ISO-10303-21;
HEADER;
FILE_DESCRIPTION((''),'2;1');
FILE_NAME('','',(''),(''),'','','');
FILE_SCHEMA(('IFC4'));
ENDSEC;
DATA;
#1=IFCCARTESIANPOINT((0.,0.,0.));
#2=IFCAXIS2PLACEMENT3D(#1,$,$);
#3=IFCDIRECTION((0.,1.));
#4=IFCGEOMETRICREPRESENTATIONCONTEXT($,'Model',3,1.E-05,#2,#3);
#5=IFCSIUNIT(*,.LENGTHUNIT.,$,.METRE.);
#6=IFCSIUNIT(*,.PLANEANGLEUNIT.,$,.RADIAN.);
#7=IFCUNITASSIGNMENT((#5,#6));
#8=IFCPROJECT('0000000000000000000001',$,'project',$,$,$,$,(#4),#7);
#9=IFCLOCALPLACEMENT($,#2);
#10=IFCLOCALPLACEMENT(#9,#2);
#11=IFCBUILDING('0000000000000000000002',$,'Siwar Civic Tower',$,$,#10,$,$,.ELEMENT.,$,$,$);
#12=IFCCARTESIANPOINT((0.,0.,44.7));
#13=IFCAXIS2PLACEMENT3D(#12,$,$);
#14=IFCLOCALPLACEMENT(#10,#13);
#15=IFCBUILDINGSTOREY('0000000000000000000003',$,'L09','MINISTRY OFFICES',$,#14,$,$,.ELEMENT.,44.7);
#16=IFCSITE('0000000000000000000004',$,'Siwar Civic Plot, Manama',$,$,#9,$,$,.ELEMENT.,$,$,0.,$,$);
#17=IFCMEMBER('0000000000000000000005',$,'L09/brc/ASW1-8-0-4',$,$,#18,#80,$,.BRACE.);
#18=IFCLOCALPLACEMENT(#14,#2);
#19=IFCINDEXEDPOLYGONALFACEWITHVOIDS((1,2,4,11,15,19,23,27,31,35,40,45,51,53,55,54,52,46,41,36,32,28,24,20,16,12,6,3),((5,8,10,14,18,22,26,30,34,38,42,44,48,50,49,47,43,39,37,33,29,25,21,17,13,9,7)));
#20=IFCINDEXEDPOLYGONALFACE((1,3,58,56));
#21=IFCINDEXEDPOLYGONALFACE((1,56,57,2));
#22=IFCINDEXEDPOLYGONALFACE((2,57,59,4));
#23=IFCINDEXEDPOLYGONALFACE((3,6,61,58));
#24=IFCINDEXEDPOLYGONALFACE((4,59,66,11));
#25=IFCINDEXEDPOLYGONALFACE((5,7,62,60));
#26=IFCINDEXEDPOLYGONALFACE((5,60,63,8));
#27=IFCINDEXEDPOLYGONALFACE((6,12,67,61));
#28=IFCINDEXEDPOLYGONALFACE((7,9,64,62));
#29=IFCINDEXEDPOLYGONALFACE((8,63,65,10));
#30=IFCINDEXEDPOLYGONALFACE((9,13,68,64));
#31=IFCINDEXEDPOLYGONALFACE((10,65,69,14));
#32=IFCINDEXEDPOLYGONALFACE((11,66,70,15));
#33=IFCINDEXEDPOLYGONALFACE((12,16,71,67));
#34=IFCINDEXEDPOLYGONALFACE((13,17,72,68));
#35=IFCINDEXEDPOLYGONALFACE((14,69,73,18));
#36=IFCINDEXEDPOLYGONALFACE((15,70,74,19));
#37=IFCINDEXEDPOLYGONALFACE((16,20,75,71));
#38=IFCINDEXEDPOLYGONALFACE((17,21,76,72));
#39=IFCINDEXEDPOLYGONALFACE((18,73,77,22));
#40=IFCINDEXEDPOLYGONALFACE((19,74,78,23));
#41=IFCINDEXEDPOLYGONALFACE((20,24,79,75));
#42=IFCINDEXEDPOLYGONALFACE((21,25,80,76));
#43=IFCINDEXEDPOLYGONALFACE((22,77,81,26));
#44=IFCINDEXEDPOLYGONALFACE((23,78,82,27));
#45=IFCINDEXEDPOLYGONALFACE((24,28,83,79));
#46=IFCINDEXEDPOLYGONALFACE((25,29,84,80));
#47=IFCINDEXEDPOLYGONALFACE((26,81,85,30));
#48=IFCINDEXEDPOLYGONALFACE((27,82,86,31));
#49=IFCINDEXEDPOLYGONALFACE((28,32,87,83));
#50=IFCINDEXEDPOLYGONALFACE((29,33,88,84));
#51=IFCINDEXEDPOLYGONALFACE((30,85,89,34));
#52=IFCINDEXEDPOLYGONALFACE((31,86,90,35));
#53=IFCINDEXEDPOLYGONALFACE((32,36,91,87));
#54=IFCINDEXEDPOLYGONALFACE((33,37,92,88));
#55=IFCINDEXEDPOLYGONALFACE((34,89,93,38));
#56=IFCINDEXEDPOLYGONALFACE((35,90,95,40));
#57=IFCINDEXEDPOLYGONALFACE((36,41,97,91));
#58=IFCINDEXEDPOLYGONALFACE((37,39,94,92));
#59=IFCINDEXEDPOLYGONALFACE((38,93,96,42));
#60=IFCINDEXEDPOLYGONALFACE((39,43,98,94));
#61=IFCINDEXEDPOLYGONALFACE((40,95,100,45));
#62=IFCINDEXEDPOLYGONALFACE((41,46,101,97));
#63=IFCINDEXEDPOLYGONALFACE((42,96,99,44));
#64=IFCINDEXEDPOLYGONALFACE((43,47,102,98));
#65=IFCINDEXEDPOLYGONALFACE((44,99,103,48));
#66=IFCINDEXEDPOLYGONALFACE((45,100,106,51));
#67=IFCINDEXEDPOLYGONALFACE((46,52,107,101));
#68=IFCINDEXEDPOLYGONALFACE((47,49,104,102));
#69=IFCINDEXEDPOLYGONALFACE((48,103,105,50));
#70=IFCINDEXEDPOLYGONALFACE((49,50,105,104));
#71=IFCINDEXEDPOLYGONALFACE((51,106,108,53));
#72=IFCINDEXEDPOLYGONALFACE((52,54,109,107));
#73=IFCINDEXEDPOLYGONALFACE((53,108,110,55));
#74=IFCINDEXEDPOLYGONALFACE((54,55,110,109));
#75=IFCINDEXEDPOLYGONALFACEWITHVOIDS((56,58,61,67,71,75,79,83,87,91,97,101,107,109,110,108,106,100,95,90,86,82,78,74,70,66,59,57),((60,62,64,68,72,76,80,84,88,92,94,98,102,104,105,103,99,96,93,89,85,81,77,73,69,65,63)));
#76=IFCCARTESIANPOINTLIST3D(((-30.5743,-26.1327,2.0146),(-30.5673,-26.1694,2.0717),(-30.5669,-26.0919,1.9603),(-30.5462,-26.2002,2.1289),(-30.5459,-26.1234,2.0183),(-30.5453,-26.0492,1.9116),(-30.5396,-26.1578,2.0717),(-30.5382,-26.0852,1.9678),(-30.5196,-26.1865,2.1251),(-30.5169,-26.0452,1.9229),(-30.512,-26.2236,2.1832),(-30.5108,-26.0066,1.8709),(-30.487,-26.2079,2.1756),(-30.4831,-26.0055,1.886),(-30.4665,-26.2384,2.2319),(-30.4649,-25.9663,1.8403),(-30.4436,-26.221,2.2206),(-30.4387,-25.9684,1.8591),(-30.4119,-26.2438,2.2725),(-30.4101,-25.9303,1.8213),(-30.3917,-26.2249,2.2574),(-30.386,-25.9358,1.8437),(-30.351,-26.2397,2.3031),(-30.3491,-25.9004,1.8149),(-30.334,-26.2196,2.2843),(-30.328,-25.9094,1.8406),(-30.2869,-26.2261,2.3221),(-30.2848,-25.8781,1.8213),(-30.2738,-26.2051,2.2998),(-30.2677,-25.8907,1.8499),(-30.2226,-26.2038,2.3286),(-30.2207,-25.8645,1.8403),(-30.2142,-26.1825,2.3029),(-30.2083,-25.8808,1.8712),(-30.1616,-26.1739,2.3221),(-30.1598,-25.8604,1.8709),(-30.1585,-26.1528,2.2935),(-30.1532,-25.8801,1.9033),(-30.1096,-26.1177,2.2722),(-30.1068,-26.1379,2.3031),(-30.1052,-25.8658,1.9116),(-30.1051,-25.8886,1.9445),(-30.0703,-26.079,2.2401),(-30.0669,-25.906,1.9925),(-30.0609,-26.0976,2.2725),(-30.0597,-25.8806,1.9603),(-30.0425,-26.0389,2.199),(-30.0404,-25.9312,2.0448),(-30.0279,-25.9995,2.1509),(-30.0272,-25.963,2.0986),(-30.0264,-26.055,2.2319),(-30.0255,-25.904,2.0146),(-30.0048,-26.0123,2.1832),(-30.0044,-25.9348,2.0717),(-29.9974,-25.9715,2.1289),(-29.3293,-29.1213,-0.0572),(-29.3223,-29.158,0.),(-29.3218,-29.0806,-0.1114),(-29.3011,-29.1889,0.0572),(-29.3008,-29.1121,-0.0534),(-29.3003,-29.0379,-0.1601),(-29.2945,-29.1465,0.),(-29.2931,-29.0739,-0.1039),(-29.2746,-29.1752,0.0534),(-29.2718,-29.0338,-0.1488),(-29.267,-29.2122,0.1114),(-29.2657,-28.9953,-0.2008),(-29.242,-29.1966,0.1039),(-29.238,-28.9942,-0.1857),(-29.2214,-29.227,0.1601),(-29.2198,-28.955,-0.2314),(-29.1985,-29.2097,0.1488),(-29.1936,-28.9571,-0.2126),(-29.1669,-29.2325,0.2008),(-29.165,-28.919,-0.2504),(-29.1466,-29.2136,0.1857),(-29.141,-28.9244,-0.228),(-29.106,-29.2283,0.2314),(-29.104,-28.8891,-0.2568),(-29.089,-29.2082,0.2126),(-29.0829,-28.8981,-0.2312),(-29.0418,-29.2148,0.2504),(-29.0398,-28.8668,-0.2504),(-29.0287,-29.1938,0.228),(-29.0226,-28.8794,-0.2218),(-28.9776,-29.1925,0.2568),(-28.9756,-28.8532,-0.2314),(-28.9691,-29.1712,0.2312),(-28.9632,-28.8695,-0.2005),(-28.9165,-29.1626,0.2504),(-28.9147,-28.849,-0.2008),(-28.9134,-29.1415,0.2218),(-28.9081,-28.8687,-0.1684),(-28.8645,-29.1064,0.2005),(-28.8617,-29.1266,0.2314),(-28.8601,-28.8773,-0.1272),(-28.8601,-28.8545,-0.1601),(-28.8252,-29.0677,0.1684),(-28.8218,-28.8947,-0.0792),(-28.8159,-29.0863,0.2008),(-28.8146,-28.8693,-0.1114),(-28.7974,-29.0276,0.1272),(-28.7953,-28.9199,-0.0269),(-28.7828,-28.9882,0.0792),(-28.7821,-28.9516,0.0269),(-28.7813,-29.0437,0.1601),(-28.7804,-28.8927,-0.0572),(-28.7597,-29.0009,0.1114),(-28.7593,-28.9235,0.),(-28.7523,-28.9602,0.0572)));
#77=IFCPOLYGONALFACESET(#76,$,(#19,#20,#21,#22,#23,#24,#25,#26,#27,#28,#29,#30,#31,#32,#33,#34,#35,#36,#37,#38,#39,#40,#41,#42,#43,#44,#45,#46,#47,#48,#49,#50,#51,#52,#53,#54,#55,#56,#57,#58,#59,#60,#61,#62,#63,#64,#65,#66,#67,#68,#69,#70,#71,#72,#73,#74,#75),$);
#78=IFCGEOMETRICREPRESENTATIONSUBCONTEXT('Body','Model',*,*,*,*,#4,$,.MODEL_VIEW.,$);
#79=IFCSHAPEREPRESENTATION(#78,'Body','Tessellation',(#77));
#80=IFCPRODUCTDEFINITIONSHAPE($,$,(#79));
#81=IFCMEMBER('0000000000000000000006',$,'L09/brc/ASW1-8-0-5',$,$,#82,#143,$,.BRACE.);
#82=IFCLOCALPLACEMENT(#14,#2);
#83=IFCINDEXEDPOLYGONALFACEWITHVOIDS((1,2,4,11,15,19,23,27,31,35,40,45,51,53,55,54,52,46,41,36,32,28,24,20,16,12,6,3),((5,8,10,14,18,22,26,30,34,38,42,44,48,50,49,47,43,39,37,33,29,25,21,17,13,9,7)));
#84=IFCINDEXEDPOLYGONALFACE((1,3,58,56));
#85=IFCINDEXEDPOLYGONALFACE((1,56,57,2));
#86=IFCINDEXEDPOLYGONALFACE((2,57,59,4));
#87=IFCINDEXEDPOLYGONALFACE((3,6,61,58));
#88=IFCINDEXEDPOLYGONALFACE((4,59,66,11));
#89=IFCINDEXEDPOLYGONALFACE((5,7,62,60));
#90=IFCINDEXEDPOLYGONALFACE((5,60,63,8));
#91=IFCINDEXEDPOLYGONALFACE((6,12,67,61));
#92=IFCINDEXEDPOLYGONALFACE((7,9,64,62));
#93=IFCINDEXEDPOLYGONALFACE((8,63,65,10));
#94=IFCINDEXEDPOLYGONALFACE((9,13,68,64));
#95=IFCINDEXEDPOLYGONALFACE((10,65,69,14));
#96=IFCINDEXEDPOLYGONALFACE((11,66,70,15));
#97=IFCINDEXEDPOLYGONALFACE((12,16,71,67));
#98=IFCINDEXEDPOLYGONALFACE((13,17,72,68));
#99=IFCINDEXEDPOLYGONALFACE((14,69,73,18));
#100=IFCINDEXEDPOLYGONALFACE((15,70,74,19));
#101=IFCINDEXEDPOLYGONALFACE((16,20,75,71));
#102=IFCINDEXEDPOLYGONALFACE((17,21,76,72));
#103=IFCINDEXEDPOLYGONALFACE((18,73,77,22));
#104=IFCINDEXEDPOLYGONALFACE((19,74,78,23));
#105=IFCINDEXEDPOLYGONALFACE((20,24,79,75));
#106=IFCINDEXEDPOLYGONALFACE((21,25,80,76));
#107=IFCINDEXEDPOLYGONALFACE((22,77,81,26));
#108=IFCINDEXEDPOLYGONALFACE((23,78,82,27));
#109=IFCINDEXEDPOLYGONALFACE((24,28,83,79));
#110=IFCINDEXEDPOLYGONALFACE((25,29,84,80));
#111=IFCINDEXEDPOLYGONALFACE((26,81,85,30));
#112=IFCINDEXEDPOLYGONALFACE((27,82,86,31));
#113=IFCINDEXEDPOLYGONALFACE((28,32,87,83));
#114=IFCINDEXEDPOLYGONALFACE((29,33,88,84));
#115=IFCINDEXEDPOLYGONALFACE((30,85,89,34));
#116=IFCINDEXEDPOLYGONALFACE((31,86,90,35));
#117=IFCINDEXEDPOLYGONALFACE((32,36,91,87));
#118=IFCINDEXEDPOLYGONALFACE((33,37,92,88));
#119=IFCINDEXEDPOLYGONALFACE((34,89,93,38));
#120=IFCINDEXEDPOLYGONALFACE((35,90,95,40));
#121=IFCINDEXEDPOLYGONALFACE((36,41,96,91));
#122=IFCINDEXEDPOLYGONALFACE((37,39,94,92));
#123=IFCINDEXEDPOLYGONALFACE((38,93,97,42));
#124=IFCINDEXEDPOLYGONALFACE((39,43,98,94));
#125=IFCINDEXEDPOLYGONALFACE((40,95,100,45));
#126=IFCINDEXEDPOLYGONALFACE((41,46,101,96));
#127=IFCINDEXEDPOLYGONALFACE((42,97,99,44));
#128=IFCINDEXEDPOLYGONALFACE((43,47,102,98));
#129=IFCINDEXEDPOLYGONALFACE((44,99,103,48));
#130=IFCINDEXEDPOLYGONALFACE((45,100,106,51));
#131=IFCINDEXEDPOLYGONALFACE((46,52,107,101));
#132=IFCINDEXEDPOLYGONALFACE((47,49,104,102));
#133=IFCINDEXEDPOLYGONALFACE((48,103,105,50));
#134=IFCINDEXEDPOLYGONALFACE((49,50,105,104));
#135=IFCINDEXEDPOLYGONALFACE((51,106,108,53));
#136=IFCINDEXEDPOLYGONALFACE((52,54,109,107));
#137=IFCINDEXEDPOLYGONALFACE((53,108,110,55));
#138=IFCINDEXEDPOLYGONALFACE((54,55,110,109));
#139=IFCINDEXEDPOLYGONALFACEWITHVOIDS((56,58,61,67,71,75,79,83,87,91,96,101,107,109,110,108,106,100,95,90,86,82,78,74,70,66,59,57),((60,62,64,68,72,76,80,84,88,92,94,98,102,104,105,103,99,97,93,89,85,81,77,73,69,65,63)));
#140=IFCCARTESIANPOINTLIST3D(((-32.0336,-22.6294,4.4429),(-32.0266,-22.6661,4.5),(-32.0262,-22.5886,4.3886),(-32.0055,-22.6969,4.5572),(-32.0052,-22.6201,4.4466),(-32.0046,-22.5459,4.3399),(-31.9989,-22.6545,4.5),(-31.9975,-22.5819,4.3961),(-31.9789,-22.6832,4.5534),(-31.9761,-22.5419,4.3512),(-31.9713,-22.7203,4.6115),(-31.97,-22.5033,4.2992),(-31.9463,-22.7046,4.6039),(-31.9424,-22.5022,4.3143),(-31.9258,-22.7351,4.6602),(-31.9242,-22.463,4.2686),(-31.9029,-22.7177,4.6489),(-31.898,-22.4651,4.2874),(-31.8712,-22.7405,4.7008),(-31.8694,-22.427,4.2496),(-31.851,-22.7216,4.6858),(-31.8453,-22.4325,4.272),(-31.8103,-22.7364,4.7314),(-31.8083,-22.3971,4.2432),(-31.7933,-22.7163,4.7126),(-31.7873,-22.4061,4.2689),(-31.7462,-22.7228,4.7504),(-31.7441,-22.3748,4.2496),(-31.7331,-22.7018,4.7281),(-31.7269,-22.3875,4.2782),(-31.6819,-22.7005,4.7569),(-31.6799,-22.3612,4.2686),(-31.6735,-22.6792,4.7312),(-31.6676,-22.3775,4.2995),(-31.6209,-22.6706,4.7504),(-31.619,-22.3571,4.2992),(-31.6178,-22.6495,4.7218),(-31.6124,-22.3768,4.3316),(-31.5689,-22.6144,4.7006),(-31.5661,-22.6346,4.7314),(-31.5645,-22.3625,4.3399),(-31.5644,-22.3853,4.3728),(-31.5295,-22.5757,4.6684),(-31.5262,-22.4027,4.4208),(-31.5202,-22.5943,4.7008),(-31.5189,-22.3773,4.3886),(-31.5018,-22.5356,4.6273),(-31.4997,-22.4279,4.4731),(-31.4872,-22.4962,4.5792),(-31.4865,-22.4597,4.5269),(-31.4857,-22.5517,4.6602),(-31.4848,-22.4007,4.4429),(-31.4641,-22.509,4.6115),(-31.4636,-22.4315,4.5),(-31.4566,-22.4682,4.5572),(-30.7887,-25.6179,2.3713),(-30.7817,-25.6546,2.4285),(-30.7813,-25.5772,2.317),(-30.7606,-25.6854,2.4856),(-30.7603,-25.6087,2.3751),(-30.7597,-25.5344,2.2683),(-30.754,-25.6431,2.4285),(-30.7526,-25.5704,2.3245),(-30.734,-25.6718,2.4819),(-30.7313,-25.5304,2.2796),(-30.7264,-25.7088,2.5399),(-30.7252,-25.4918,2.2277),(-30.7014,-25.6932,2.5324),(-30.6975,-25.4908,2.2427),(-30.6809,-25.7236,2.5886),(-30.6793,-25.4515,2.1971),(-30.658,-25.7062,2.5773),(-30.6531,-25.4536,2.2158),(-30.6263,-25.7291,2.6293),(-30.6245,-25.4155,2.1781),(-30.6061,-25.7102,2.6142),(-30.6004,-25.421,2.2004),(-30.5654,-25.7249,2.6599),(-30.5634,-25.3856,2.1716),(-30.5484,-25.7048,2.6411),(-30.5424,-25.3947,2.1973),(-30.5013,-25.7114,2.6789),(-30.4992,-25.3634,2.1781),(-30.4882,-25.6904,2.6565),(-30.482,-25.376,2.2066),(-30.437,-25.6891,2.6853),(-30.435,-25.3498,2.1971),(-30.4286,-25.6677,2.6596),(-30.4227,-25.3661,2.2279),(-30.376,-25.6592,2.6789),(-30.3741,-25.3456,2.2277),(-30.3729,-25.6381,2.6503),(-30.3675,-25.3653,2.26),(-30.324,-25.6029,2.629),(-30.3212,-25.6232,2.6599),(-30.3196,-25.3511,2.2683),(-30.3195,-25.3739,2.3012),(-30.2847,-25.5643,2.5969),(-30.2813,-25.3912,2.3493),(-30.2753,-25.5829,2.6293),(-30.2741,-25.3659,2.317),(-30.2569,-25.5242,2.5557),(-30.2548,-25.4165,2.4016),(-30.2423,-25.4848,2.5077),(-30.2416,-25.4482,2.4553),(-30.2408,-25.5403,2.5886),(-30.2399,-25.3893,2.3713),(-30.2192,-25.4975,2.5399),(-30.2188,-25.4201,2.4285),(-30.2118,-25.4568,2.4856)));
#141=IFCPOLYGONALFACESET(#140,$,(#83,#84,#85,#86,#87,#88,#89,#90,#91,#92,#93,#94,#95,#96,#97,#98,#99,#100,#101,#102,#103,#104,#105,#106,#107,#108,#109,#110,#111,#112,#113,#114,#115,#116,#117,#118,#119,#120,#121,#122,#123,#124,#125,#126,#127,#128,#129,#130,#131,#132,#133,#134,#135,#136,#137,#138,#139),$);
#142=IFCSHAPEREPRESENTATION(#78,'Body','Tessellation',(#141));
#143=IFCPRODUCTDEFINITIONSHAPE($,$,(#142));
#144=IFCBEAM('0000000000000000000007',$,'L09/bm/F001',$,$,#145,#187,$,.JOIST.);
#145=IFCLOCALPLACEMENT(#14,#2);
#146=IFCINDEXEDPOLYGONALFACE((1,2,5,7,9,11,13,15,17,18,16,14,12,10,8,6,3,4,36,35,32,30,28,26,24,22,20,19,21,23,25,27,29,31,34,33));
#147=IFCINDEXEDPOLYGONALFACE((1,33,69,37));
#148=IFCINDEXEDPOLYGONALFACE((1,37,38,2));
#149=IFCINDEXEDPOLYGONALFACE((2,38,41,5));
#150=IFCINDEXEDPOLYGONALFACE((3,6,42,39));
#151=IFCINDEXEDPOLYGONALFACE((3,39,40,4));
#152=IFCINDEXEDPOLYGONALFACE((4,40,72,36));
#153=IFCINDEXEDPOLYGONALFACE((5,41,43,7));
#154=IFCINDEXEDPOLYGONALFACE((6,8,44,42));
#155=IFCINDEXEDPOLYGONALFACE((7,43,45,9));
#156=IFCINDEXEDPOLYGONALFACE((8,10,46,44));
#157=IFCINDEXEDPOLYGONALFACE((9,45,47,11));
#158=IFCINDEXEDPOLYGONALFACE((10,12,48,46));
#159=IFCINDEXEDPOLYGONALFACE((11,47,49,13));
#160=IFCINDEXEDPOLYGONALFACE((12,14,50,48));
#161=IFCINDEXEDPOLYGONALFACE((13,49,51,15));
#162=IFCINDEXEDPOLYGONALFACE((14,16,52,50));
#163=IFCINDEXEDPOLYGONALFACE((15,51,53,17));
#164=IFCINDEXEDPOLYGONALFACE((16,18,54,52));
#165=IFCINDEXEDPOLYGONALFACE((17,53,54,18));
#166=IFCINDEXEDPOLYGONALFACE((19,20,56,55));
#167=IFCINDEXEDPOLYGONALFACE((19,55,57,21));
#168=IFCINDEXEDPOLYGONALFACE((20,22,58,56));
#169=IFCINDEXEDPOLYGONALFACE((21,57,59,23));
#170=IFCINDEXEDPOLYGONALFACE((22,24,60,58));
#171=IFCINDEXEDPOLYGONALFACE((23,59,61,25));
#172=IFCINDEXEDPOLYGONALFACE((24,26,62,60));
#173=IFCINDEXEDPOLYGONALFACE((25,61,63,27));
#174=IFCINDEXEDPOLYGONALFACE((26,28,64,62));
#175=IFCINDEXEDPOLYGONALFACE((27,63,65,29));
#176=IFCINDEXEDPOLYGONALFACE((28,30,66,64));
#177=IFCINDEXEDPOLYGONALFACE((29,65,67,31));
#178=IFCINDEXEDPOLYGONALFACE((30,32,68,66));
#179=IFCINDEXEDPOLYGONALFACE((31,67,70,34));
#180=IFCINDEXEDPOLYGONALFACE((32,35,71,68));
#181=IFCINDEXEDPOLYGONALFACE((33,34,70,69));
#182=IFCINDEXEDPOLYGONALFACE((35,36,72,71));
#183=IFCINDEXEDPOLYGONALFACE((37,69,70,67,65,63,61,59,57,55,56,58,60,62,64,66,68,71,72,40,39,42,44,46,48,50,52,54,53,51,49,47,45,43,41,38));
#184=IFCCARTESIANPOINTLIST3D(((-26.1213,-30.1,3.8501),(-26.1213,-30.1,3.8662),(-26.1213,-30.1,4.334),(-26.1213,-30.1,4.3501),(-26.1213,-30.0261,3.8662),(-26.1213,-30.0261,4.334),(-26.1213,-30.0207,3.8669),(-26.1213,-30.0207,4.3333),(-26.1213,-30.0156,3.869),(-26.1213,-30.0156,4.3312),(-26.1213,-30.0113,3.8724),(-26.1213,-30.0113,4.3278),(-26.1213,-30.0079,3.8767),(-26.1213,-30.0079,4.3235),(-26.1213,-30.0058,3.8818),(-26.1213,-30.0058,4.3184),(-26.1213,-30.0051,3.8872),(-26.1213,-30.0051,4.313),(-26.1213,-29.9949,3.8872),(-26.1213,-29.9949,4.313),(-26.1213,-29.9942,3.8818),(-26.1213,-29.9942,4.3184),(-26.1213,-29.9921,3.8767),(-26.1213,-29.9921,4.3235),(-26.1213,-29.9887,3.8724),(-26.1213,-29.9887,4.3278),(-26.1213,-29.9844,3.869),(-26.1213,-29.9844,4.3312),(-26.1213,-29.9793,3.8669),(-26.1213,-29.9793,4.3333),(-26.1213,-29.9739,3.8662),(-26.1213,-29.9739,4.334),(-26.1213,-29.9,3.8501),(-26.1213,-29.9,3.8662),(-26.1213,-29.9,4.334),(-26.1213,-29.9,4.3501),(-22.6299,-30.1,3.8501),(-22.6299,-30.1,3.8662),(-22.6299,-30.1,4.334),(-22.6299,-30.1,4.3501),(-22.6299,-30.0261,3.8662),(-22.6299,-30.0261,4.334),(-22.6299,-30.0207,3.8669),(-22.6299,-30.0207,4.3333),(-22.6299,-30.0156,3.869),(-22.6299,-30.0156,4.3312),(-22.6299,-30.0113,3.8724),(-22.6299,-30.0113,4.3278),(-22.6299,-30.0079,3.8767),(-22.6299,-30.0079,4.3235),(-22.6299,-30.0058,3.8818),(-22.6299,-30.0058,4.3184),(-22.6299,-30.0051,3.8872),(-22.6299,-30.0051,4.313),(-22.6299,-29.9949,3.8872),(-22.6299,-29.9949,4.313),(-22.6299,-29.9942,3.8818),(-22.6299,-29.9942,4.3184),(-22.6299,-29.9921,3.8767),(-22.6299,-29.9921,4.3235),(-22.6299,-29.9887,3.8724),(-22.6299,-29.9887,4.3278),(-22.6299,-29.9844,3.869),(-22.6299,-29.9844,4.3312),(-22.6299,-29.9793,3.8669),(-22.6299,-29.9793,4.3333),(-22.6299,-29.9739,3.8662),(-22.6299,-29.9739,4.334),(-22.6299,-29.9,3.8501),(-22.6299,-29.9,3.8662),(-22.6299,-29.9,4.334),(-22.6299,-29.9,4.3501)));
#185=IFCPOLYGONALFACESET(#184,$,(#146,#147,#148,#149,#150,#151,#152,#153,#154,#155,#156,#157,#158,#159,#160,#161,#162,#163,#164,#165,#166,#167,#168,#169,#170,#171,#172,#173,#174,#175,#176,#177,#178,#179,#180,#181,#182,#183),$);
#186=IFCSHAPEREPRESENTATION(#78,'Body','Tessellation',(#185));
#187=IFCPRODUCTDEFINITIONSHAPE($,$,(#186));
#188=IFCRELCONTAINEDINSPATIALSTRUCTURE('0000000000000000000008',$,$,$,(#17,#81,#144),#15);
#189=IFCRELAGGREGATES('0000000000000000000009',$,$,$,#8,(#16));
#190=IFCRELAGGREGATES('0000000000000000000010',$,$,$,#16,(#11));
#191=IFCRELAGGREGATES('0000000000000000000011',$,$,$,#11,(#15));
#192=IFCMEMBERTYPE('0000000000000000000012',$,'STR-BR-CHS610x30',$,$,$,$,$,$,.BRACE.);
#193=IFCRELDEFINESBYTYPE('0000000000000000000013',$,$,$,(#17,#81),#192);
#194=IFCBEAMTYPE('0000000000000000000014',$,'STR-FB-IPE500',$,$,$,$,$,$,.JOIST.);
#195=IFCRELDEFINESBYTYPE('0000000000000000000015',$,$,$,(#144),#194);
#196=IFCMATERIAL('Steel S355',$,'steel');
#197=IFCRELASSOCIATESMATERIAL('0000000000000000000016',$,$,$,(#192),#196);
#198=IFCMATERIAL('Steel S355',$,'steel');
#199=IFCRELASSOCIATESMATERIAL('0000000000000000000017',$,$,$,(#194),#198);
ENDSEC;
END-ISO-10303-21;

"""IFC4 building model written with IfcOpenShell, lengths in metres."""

from ifc_helpers import new_model, si_unit, direction, frame, origin, origin_2d, place, context, subcontext, project, spatial, hollow_circle, i_section, extrude, material, material_profile, profile_set, type_object, element, save


model = new_model("IFC4")

# Units and contexts
model_context = context("Model", 3, precision=1e-05, world=origin(), true_north=direction((0.0, 1.0)))
body_context = subcontext(model_context, "Body", "Model", "MODEL_VIEW")
ifc_project = project(units=[si_unit("LENGTHUNIT", "METRE"), si_unit("PLANEANGLEUNIT", "RADIAN")], contexts=[model_context])

# Site, building, storey
site_placement = place(None, origin())
site = spatial("IfcSite", under=ifc_project, at=site_placement, Name="Siwar Civic Plot, Manama", CompositionType="ELEMENT", RefElevation=0.0)
building_placement = place(site_placement, origin())
building = spatial("IfcBuilding", under=site, at=building_placement, Name="Siwar Civic Tower", CompositionType="ELEMENT")
storey_placement = place(building_placement, frame((0.0, 0.0, 44.7)))
storey = spatial("IfcBuildingStorey", under=building, at=storey_placement, Name="L09", Description="MINISTRY OFFICES", CompositionType="ELEMENT", Elevation=44.7)

# Members
ifc_material_1 = material(Name="Steel S355", Category="steel")
ifc_material_profile_1 = material_profile(ifc_material_1, hollow_circle(Radius=0.3049, WallThickness=0.03, at=origin_2d()), Name="CHS610x30")
ifc_profile_set_1 = profile_set([ifc_material_profile_1], Name="Steel S355")
member_type_1 = type_object("IfcMemberType", Name="STR-BR-CHS610x30", PredefinedType="BRACE", material=ifc_profile_set_1)
member_1_placement = place(storey_placement, frame((-29.0408, -29.0408, 0.0), z_axis=(-0.323923, 0.777542, 0.538982), x_axis=(-0.923099, -0.384562, 0.0)))
element("IfcMember", 1, at=member_1_placement, inside=storey, type_object=member_type_1, Name="L09/brc/ASW1-8-0-4", PredefinedType="BRACE", context=body_context, shape_type="SweptSolid", body=[
    extrude(hollow_circle(Radius=0.3049, WallThickness=0.03, at=origin_2d()), origin(), (0.0, 0.0, 1.0), 3.8438),
])
member_2_placement = place(storey_placement, frame((-30.5002, -25.5374, 2.4285), z_axis=(-0.323893, 0.77756, 0.538975), x_axis=(-0.923115, -0.384524, 0.0)))
element("IfcMember", 2, at=member_2_placement, inside=storey, type_object=member_type_1, Name="L09/brc/ASW1-8-0-5", PredefinedType="BRACE", context=body_context, shape_type="SweptSolid", body=[
    extrude(hollow_circle(Radius=0.3049, WallThickness=0.03, at=origin_2d()), origin(), (0.0, 0.0, 1.0), 3.8435),
])

# Beam
ifc_material_2 = material(Name="Steel S355", Category="steel")
ifc_material_profile_2 = material_profile(ifc_material_2, i_section(OverallWidth=0.2, OverallDepth=0.5, WebThickness=0.0103, FlangeThickness=0.0161, FilletRadius=0.021, at=origin_2d()), Name="IPE500")
ifc_profile_set_2 = profile_set([ifc_material_profile_2], Name="Steel S355")
beam_type_1 = type_object("IfcBeamType", Name="STR-FB-IPE500", PredefinedType="JOIST", material=ifc_profile_set_2)
beam_1_placement = place(storey_placement, frame((-26.1213, -30.0, 4.1001), z_axis=(1.0, 0.0, 0.0), x_axis=(0.0, 1.0, 0.0)))
element("IfcBeam", 3, at=beam_1_placement, inside=storey, type_object=beam_type_1, Name="L09/bm/F001", PredefinedType="JOIST", context=body_context, shape_type="SweptSolid", body=[
    extrude(i_section(OverallWidth=0.2, OverallDepth=0.5, WebThickness=0.0103, FlangeThickness=0.0161, FilletRadius=0.021, at=origin_2d()), origin(), (0.0, 0.0, 1.0), 3.4915),
])

save(model, "model.ifc")
